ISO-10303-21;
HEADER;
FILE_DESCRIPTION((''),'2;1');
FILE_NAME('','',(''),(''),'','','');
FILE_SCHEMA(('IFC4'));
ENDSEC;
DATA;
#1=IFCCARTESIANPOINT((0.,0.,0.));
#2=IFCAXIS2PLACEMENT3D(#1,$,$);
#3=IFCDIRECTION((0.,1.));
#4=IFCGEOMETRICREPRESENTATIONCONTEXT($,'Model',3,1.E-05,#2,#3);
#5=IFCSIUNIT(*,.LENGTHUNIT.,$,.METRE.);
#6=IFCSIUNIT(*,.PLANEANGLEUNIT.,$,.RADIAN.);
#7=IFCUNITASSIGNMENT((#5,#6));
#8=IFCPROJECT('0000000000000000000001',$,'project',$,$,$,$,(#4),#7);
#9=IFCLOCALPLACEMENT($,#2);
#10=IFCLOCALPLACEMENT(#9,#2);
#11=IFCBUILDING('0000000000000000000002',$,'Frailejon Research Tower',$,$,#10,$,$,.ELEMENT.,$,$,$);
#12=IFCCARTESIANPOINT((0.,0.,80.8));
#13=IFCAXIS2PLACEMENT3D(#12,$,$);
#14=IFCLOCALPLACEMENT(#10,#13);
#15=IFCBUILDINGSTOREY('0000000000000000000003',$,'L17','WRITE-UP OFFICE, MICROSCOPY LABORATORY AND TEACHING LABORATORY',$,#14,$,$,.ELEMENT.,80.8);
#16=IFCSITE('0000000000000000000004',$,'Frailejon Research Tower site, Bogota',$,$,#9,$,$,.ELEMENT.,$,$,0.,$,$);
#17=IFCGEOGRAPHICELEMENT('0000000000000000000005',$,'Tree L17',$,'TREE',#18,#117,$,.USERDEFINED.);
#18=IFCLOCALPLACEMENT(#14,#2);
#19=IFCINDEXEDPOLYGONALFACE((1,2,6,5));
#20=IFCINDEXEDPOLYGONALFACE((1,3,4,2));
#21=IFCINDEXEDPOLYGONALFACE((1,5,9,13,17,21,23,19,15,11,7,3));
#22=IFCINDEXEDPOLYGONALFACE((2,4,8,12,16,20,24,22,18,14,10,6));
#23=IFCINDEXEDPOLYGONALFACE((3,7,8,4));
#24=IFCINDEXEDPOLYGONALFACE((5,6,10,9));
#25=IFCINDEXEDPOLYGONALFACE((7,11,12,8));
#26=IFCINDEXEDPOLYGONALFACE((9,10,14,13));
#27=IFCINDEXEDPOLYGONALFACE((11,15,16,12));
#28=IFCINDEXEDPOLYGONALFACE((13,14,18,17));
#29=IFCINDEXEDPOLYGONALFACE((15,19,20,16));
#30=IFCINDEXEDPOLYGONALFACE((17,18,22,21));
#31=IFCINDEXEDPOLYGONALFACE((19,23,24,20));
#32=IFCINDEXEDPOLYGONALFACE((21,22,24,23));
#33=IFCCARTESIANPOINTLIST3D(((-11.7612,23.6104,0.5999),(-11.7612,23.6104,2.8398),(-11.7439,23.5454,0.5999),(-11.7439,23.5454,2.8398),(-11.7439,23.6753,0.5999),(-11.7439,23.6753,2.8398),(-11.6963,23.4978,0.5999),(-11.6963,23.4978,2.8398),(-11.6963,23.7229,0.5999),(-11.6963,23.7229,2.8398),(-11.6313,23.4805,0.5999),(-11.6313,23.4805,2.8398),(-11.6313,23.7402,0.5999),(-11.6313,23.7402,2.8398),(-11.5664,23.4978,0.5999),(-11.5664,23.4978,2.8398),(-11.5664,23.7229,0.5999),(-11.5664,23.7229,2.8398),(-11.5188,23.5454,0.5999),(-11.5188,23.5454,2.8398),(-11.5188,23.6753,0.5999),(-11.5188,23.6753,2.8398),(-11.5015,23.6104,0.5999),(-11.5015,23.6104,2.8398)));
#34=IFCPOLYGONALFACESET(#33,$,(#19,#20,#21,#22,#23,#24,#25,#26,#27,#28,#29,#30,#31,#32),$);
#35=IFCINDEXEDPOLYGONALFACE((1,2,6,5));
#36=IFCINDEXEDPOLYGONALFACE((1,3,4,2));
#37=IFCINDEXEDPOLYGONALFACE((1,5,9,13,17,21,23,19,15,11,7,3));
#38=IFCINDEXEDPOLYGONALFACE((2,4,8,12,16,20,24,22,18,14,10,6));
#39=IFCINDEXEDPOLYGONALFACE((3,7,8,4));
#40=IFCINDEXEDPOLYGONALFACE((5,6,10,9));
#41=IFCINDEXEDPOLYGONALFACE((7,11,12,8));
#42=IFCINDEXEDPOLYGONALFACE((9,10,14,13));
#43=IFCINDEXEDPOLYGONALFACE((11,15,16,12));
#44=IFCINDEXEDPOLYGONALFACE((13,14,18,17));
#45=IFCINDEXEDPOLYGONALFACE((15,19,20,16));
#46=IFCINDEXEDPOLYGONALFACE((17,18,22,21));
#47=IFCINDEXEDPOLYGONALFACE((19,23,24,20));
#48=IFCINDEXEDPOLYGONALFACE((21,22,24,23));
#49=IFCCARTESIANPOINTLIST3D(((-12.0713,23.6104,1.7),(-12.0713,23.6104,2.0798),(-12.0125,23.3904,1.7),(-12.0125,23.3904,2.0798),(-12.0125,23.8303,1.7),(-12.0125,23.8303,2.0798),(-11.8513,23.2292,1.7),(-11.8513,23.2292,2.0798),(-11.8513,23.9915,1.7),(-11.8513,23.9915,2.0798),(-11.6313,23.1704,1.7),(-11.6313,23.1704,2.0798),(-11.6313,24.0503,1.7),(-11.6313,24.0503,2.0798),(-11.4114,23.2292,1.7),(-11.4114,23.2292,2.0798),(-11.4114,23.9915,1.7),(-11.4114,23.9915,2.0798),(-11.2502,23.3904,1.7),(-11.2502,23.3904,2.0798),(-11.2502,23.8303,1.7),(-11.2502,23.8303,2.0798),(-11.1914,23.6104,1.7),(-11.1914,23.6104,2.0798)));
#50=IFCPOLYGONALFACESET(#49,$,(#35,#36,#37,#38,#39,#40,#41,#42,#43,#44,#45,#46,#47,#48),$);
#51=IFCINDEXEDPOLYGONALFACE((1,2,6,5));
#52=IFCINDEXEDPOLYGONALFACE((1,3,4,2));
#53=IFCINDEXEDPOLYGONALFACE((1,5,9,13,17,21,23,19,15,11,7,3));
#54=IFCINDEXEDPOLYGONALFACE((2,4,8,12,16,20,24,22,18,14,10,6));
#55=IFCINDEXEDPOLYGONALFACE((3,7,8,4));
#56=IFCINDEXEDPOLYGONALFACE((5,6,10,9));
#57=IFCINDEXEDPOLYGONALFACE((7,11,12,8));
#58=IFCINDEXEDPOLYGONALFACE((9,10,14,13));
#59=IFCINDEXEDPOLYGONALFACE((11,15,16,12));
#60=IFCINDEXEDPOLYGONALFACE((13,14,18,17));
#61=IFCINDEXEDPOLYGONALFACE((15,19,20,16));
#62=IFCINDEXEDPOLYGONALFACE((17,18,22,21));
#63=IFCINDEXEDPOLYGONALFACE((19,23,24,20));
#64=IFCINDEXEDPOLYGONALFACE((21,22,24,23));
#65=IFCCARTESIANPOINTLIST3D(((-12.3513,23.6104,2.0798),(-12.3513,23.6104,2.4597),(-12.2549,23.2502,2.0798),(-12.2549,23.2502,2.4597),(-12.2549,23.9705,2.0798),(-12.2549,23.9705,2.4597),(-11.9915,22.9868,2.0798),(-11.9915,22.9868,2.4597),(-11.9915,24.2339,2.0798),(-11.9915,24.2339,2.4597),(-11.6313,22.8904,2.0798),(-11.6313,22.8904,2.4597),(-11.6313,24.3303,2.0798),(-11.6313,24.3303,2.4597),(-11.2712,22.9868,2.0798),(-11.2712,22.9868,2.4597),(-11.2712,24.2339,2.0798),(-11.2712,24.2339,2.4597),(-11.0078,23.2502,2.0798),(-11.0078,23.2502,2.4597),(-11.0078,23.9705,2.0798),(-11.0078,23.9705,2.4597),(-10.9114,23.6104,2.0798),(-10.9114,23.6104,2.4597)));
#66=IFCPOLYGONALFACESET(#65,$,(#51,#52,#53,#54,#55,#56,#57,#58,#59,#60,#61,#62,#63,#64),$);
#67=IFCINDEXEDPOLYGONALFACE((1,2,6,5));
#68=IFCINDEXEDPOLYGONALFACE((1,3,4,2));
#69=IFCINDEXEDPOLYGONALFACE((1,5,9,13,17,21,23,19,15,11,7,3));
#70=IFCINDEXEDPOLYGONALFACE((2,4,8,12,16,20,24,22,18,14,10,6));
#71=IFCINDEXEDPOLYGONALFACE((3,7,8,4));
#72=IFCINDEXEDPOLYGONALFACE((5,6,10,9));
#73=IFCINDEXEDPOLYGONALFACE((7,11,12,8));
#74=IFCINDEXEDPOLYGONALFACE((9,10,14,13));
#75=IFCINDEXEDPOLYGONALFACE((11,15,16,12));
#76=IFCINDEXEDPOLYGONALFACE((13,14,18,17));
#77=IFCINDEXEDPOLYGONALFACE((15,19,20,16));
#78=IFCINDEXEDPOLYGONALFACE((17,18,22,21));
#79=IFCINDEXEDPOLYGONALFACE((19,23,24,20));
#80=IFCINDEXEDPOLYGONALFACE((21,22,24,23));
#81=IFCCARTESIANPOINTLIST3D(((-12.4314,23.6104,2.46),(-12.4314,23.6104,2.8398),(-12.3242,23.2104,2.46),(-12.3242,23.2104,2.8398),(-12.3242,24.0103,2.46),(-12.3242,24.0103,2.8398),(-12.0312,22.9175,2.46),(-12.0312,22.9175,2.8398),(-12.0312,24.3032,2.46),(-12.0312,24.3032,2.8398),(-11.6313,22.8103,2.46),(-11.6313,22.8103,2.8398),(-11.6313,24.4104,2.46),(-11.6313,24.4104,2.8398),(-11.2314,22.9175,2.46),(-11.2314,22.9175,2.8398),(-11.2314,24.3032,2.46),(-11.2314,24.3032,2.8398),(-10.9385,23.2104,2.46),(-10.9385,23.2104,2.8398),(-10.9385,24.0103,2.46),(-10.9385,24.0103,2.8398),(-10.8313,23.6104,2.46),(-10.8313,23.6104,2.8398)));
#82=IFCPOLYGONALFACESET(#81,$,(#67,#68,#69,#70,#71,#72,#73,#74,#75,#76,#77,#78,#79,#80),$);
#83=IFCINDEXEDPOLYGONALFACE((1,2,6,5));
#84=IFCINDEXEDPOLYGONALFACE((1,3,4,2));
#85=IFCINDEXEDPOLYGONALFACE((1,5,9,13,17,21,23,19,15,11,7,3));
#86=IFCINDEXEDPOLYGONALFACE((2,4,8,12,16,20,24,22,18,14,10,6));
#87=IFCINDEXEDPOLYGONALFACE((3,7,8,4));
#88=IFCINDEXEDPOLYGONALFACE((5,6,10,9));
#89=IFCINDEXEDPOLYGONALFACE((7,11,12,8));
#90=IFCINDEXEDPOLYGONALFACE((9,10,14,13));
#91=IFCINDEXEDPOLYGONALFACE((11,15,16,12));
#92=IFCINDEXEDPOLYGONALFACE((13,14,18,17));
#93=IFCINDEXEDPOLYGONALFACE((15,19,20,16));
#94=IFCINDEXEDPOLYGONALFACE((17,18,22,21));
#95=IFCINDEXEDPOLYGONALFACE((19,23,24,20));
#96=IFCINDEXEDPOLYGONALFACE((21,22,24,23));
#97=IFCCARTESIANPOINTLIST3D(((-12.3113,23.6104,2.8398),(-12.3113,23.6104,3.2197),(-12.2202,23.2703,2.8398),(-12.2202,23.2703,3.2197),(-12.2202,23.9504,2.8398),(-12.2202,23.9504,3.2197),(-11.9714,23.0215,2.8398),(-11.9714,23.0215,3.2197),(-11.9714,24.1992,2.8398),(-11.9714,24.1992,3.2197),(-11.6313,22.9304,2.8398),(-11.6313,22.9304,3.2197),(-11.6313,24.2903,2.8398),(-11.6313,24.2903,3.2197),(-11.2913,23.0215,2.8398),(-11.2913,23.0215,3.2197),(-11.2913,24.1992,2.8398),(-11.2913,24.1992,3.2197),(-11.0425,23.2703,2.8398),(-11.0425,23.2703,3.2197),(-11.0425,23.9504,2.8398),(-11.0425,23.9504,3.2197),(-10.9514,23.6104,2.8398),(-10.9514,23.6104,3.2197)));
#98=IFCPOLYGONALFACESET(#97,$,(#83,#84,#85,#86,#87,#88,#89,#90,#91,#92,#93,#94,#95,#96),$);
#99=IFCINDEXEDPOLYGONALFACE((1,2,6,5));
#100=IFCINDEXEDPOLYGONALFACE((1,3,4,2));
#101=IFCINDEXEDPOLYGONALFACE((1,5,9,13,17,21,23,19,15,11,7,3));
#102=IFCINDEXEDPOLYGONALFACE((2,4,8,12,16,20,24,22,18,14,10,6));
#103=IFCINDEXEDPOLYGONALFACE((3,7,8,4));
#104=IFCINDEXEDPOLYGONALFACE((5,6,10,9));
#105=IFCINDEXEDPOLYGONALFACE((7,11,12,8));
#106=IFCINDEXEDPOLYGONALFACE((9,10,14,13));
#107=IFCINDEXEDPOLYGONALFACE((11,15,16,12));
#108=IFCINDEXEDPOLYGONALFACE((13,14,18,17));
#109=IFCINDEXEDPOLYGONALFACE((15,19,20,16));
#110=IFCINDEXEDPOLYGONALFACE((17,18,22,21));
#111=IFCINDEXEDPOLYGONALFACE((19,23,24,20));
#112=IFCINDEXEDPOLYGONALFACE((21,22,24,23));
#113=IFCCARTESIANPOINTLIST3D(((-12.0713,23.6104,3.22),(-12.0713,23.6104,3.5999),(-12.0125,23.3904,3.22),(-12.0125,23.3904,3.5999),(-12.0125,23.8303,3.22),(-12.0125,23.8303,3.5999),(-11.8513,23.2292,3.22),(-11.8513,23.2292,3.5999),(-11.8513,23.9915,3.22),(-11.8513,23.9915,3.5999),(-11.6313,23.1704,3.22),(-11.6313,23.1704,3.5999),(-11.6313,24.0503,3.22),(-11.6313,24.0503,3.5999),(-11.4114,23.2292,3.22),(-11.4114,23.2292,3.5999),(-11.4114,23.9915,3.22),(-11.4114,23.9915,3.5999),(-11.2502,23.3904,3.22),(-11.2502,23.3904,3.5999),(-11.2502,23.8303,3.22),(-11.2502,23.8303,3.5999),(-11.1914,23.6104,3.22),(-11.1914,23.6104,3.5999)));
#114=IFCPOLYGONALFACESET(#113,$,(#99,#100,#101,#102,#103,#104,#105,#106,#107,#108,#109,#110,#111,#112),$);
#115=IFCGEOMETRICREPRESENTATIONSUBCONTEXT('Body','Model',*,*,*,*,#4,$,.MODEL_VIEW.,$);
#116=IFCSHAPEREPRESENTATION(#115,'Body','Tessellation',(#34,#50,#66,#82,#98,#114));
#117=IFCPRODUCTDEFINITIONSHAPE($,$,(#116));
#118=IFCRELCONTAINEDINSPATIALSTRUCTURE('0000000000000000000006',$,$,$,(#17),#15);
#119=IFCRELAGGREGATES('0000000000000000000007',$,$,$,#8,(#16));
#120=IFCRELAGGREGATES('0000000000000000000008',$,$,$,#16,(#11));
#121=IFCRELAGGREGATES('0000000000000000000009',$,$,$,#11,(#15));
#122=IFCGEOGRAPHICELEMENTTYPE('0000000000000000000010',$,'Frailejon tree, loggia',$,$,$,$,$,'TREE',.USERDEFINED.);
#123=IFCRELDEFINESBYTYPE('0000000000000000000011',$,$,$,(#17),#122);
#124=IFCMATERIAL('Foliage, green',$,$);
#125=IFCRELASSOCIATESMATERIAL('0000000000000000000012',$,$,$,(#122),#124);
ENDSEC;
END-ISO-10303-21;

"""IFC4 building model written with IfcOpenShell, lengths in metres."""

from ifc_helpers import new_model, si_unit, direction, frame, origin, place, context, subcontext, project, spatial, polyline, outline, extrude, material, type_object, element, save


model = new_model("IFC4")

# Units and contexts
model_context = context("Model", 3, precision=1e-05, world=origin(), true_north=direction((0.0, 1.0)))
body_context = subcontext(model_context, "Body", "Model", "MODEL_VIEW")
ifc_project = project(units=[si_unit("LENGTHUNIT", "METRE"), si_unit("PLANEANGLEUNIT", "RADIAN")], contexts=[model_context])

# Site, building, storey
site_placement = place(None, origin())
site = spatial("IfcSite", under=ifc_project, at=site_placement, Name="Frailejon Research Tower site, Bogota", CompositionType="ELEMENT", RefElevation=0.0)
building_placement = place(site_placement, origin())
building = spatial("IfcBuilding", under=site, at=building_placement, Name="Frailejon Research Tower", CompositionType="ELEMENT")
storey_placement = place(building_placement, frame((0.0, 0.0, 80.8)))
storey = spatial("IfcBuildingStorey", under=building, at=storey_placement, Name="L17", Description="WRITE-UP OFFICE, MICROSCOPY LABORATORY AND TEACHING LABORATORY", CompositionType="ELEMENT", Elevation=80.8)

# Geographic element
ifc_material_1 = material(Name="Foliage, green")
geographic_element_type = type_object("IfcGeographicElementType", Name="Frailejon tree, loggia", ElementType="TREE", PredefinedType="USERDEFINED", material=ifc_material_1)
geographic_element_placement = place(storey_placement, frame((-11.6313, 23.6104, 0.5999)))
element("IfcGeographicElement", 1, at=geographic_element_placement, inside=storey, type_object=geographic_element_type, Name="Tree L17", ObjectType="TREE", PredefinedType="USERDEFINED", context=body_context, shape_type="SweptSolid", body=[
    extrude(outline(polyline([(0.1299, 0.0), (0.1125, 0.0649), (0.0649, 0.1125), (0.0, 0.1299), (-0.0649, 0.1125), (-0.1125, 0.0649), (-0.1299, 0.0), (-0.1125, -0.0649), (-0.0649, -0.1125), (0.0, -0.1299), (0.0649, -0.1125), (0.1125, -0.0649), (0.1299, 0.0)])), origin(), (0.0, 0.0, 1.0), 2.24),
    extrude(outline(polyline([(0.4399, 0.0), (0.3811, 0.22), (0.22, 0.3811), (0.0, 0.4399), (-0.22, 0.3811), (-0.3811, 0.22), (-0.4399, 0.0), (-0.3811, -0.22), (-0.22, -0.3811), (0.0, -0.4399), (0.22, -0.3811), (0.3811, -0.22), (0.4399, 0.0)])), frame((0.0, 0.0, 1.1001)), (0.0, 0.0, 1.0), 0.3799),
    extrude(outline(polyline([(0.72, 0.0), (0.6235, 0.3601), (0.3601, 0.6235), (0.0, 0.72), (-0.3601, 0.6235), (-0.6235, 0.3601), (-0.72, 0.0), (-0.6235, -0.3601), (-0.3601, -0.6235), (0.0, -0.72), (0.3601, -0.6235), (0.6235, -0.3601), (0.72, 0.0)])), frame((0.0, 0.0, 1.48)), (0.0, 0.0, 1.0), 0.3799),
    extrude(outline(polyline([(0.8, 0.0), (0.6929, 0.3999), (0.3999, 0.6929), (0.0, 0.8), (-0.3999, 0.6929), (-0.6929, 0.3999), (-0.8, 0.0), (-0.6929, -0.3999), (-0.3999, -0.6929), (0.0, -0.8), (0.3999, -0.6929), (0.6929, -0.3999), (0.8, 0.0)])), frame((0.0, 0.0, 1.8601)), (0.0, 0.0, 1.0), 0.3799),
    extrude(outline(polyline([(0.6799, 0.0), (0.5889, 0.3401), (0.3401, 0.5889), (0.0, 0.6799), (-0.3401, 0.5889), (-0.5889, 0.3401), (-0.6799, 0.0), (-0.5889, -0.3401), (-0.3401, -0.5889), (0.0, -0.6799), (0.3401, -0.5889), (0.5889, -0.3401), (0.6799, 0.0)])), frame((0.0, 0.0, 2.24)), (0.0, 0.0, 1.0), 0.3799),
    extrude(outline(polyline([(0.4399, 0.0), (0.3811, 0.22), (0.22, 0.3811), (0.0, 0.4399), (-0.22, 0.3811), (-0.3811, 0.22), (-0.4399, 0.0), (-0.3811, -0.22), (-0.22, -0.3811), (0.0, -0.4399), (0.22, -0.3811), (0.3811, -0.22), (0.4399, 0.0)])), frame((0.0, 0.0, 2.6201)), (0.0, 0.0, 1.0), 0.3799),
])

save(model, "model.ifc")
